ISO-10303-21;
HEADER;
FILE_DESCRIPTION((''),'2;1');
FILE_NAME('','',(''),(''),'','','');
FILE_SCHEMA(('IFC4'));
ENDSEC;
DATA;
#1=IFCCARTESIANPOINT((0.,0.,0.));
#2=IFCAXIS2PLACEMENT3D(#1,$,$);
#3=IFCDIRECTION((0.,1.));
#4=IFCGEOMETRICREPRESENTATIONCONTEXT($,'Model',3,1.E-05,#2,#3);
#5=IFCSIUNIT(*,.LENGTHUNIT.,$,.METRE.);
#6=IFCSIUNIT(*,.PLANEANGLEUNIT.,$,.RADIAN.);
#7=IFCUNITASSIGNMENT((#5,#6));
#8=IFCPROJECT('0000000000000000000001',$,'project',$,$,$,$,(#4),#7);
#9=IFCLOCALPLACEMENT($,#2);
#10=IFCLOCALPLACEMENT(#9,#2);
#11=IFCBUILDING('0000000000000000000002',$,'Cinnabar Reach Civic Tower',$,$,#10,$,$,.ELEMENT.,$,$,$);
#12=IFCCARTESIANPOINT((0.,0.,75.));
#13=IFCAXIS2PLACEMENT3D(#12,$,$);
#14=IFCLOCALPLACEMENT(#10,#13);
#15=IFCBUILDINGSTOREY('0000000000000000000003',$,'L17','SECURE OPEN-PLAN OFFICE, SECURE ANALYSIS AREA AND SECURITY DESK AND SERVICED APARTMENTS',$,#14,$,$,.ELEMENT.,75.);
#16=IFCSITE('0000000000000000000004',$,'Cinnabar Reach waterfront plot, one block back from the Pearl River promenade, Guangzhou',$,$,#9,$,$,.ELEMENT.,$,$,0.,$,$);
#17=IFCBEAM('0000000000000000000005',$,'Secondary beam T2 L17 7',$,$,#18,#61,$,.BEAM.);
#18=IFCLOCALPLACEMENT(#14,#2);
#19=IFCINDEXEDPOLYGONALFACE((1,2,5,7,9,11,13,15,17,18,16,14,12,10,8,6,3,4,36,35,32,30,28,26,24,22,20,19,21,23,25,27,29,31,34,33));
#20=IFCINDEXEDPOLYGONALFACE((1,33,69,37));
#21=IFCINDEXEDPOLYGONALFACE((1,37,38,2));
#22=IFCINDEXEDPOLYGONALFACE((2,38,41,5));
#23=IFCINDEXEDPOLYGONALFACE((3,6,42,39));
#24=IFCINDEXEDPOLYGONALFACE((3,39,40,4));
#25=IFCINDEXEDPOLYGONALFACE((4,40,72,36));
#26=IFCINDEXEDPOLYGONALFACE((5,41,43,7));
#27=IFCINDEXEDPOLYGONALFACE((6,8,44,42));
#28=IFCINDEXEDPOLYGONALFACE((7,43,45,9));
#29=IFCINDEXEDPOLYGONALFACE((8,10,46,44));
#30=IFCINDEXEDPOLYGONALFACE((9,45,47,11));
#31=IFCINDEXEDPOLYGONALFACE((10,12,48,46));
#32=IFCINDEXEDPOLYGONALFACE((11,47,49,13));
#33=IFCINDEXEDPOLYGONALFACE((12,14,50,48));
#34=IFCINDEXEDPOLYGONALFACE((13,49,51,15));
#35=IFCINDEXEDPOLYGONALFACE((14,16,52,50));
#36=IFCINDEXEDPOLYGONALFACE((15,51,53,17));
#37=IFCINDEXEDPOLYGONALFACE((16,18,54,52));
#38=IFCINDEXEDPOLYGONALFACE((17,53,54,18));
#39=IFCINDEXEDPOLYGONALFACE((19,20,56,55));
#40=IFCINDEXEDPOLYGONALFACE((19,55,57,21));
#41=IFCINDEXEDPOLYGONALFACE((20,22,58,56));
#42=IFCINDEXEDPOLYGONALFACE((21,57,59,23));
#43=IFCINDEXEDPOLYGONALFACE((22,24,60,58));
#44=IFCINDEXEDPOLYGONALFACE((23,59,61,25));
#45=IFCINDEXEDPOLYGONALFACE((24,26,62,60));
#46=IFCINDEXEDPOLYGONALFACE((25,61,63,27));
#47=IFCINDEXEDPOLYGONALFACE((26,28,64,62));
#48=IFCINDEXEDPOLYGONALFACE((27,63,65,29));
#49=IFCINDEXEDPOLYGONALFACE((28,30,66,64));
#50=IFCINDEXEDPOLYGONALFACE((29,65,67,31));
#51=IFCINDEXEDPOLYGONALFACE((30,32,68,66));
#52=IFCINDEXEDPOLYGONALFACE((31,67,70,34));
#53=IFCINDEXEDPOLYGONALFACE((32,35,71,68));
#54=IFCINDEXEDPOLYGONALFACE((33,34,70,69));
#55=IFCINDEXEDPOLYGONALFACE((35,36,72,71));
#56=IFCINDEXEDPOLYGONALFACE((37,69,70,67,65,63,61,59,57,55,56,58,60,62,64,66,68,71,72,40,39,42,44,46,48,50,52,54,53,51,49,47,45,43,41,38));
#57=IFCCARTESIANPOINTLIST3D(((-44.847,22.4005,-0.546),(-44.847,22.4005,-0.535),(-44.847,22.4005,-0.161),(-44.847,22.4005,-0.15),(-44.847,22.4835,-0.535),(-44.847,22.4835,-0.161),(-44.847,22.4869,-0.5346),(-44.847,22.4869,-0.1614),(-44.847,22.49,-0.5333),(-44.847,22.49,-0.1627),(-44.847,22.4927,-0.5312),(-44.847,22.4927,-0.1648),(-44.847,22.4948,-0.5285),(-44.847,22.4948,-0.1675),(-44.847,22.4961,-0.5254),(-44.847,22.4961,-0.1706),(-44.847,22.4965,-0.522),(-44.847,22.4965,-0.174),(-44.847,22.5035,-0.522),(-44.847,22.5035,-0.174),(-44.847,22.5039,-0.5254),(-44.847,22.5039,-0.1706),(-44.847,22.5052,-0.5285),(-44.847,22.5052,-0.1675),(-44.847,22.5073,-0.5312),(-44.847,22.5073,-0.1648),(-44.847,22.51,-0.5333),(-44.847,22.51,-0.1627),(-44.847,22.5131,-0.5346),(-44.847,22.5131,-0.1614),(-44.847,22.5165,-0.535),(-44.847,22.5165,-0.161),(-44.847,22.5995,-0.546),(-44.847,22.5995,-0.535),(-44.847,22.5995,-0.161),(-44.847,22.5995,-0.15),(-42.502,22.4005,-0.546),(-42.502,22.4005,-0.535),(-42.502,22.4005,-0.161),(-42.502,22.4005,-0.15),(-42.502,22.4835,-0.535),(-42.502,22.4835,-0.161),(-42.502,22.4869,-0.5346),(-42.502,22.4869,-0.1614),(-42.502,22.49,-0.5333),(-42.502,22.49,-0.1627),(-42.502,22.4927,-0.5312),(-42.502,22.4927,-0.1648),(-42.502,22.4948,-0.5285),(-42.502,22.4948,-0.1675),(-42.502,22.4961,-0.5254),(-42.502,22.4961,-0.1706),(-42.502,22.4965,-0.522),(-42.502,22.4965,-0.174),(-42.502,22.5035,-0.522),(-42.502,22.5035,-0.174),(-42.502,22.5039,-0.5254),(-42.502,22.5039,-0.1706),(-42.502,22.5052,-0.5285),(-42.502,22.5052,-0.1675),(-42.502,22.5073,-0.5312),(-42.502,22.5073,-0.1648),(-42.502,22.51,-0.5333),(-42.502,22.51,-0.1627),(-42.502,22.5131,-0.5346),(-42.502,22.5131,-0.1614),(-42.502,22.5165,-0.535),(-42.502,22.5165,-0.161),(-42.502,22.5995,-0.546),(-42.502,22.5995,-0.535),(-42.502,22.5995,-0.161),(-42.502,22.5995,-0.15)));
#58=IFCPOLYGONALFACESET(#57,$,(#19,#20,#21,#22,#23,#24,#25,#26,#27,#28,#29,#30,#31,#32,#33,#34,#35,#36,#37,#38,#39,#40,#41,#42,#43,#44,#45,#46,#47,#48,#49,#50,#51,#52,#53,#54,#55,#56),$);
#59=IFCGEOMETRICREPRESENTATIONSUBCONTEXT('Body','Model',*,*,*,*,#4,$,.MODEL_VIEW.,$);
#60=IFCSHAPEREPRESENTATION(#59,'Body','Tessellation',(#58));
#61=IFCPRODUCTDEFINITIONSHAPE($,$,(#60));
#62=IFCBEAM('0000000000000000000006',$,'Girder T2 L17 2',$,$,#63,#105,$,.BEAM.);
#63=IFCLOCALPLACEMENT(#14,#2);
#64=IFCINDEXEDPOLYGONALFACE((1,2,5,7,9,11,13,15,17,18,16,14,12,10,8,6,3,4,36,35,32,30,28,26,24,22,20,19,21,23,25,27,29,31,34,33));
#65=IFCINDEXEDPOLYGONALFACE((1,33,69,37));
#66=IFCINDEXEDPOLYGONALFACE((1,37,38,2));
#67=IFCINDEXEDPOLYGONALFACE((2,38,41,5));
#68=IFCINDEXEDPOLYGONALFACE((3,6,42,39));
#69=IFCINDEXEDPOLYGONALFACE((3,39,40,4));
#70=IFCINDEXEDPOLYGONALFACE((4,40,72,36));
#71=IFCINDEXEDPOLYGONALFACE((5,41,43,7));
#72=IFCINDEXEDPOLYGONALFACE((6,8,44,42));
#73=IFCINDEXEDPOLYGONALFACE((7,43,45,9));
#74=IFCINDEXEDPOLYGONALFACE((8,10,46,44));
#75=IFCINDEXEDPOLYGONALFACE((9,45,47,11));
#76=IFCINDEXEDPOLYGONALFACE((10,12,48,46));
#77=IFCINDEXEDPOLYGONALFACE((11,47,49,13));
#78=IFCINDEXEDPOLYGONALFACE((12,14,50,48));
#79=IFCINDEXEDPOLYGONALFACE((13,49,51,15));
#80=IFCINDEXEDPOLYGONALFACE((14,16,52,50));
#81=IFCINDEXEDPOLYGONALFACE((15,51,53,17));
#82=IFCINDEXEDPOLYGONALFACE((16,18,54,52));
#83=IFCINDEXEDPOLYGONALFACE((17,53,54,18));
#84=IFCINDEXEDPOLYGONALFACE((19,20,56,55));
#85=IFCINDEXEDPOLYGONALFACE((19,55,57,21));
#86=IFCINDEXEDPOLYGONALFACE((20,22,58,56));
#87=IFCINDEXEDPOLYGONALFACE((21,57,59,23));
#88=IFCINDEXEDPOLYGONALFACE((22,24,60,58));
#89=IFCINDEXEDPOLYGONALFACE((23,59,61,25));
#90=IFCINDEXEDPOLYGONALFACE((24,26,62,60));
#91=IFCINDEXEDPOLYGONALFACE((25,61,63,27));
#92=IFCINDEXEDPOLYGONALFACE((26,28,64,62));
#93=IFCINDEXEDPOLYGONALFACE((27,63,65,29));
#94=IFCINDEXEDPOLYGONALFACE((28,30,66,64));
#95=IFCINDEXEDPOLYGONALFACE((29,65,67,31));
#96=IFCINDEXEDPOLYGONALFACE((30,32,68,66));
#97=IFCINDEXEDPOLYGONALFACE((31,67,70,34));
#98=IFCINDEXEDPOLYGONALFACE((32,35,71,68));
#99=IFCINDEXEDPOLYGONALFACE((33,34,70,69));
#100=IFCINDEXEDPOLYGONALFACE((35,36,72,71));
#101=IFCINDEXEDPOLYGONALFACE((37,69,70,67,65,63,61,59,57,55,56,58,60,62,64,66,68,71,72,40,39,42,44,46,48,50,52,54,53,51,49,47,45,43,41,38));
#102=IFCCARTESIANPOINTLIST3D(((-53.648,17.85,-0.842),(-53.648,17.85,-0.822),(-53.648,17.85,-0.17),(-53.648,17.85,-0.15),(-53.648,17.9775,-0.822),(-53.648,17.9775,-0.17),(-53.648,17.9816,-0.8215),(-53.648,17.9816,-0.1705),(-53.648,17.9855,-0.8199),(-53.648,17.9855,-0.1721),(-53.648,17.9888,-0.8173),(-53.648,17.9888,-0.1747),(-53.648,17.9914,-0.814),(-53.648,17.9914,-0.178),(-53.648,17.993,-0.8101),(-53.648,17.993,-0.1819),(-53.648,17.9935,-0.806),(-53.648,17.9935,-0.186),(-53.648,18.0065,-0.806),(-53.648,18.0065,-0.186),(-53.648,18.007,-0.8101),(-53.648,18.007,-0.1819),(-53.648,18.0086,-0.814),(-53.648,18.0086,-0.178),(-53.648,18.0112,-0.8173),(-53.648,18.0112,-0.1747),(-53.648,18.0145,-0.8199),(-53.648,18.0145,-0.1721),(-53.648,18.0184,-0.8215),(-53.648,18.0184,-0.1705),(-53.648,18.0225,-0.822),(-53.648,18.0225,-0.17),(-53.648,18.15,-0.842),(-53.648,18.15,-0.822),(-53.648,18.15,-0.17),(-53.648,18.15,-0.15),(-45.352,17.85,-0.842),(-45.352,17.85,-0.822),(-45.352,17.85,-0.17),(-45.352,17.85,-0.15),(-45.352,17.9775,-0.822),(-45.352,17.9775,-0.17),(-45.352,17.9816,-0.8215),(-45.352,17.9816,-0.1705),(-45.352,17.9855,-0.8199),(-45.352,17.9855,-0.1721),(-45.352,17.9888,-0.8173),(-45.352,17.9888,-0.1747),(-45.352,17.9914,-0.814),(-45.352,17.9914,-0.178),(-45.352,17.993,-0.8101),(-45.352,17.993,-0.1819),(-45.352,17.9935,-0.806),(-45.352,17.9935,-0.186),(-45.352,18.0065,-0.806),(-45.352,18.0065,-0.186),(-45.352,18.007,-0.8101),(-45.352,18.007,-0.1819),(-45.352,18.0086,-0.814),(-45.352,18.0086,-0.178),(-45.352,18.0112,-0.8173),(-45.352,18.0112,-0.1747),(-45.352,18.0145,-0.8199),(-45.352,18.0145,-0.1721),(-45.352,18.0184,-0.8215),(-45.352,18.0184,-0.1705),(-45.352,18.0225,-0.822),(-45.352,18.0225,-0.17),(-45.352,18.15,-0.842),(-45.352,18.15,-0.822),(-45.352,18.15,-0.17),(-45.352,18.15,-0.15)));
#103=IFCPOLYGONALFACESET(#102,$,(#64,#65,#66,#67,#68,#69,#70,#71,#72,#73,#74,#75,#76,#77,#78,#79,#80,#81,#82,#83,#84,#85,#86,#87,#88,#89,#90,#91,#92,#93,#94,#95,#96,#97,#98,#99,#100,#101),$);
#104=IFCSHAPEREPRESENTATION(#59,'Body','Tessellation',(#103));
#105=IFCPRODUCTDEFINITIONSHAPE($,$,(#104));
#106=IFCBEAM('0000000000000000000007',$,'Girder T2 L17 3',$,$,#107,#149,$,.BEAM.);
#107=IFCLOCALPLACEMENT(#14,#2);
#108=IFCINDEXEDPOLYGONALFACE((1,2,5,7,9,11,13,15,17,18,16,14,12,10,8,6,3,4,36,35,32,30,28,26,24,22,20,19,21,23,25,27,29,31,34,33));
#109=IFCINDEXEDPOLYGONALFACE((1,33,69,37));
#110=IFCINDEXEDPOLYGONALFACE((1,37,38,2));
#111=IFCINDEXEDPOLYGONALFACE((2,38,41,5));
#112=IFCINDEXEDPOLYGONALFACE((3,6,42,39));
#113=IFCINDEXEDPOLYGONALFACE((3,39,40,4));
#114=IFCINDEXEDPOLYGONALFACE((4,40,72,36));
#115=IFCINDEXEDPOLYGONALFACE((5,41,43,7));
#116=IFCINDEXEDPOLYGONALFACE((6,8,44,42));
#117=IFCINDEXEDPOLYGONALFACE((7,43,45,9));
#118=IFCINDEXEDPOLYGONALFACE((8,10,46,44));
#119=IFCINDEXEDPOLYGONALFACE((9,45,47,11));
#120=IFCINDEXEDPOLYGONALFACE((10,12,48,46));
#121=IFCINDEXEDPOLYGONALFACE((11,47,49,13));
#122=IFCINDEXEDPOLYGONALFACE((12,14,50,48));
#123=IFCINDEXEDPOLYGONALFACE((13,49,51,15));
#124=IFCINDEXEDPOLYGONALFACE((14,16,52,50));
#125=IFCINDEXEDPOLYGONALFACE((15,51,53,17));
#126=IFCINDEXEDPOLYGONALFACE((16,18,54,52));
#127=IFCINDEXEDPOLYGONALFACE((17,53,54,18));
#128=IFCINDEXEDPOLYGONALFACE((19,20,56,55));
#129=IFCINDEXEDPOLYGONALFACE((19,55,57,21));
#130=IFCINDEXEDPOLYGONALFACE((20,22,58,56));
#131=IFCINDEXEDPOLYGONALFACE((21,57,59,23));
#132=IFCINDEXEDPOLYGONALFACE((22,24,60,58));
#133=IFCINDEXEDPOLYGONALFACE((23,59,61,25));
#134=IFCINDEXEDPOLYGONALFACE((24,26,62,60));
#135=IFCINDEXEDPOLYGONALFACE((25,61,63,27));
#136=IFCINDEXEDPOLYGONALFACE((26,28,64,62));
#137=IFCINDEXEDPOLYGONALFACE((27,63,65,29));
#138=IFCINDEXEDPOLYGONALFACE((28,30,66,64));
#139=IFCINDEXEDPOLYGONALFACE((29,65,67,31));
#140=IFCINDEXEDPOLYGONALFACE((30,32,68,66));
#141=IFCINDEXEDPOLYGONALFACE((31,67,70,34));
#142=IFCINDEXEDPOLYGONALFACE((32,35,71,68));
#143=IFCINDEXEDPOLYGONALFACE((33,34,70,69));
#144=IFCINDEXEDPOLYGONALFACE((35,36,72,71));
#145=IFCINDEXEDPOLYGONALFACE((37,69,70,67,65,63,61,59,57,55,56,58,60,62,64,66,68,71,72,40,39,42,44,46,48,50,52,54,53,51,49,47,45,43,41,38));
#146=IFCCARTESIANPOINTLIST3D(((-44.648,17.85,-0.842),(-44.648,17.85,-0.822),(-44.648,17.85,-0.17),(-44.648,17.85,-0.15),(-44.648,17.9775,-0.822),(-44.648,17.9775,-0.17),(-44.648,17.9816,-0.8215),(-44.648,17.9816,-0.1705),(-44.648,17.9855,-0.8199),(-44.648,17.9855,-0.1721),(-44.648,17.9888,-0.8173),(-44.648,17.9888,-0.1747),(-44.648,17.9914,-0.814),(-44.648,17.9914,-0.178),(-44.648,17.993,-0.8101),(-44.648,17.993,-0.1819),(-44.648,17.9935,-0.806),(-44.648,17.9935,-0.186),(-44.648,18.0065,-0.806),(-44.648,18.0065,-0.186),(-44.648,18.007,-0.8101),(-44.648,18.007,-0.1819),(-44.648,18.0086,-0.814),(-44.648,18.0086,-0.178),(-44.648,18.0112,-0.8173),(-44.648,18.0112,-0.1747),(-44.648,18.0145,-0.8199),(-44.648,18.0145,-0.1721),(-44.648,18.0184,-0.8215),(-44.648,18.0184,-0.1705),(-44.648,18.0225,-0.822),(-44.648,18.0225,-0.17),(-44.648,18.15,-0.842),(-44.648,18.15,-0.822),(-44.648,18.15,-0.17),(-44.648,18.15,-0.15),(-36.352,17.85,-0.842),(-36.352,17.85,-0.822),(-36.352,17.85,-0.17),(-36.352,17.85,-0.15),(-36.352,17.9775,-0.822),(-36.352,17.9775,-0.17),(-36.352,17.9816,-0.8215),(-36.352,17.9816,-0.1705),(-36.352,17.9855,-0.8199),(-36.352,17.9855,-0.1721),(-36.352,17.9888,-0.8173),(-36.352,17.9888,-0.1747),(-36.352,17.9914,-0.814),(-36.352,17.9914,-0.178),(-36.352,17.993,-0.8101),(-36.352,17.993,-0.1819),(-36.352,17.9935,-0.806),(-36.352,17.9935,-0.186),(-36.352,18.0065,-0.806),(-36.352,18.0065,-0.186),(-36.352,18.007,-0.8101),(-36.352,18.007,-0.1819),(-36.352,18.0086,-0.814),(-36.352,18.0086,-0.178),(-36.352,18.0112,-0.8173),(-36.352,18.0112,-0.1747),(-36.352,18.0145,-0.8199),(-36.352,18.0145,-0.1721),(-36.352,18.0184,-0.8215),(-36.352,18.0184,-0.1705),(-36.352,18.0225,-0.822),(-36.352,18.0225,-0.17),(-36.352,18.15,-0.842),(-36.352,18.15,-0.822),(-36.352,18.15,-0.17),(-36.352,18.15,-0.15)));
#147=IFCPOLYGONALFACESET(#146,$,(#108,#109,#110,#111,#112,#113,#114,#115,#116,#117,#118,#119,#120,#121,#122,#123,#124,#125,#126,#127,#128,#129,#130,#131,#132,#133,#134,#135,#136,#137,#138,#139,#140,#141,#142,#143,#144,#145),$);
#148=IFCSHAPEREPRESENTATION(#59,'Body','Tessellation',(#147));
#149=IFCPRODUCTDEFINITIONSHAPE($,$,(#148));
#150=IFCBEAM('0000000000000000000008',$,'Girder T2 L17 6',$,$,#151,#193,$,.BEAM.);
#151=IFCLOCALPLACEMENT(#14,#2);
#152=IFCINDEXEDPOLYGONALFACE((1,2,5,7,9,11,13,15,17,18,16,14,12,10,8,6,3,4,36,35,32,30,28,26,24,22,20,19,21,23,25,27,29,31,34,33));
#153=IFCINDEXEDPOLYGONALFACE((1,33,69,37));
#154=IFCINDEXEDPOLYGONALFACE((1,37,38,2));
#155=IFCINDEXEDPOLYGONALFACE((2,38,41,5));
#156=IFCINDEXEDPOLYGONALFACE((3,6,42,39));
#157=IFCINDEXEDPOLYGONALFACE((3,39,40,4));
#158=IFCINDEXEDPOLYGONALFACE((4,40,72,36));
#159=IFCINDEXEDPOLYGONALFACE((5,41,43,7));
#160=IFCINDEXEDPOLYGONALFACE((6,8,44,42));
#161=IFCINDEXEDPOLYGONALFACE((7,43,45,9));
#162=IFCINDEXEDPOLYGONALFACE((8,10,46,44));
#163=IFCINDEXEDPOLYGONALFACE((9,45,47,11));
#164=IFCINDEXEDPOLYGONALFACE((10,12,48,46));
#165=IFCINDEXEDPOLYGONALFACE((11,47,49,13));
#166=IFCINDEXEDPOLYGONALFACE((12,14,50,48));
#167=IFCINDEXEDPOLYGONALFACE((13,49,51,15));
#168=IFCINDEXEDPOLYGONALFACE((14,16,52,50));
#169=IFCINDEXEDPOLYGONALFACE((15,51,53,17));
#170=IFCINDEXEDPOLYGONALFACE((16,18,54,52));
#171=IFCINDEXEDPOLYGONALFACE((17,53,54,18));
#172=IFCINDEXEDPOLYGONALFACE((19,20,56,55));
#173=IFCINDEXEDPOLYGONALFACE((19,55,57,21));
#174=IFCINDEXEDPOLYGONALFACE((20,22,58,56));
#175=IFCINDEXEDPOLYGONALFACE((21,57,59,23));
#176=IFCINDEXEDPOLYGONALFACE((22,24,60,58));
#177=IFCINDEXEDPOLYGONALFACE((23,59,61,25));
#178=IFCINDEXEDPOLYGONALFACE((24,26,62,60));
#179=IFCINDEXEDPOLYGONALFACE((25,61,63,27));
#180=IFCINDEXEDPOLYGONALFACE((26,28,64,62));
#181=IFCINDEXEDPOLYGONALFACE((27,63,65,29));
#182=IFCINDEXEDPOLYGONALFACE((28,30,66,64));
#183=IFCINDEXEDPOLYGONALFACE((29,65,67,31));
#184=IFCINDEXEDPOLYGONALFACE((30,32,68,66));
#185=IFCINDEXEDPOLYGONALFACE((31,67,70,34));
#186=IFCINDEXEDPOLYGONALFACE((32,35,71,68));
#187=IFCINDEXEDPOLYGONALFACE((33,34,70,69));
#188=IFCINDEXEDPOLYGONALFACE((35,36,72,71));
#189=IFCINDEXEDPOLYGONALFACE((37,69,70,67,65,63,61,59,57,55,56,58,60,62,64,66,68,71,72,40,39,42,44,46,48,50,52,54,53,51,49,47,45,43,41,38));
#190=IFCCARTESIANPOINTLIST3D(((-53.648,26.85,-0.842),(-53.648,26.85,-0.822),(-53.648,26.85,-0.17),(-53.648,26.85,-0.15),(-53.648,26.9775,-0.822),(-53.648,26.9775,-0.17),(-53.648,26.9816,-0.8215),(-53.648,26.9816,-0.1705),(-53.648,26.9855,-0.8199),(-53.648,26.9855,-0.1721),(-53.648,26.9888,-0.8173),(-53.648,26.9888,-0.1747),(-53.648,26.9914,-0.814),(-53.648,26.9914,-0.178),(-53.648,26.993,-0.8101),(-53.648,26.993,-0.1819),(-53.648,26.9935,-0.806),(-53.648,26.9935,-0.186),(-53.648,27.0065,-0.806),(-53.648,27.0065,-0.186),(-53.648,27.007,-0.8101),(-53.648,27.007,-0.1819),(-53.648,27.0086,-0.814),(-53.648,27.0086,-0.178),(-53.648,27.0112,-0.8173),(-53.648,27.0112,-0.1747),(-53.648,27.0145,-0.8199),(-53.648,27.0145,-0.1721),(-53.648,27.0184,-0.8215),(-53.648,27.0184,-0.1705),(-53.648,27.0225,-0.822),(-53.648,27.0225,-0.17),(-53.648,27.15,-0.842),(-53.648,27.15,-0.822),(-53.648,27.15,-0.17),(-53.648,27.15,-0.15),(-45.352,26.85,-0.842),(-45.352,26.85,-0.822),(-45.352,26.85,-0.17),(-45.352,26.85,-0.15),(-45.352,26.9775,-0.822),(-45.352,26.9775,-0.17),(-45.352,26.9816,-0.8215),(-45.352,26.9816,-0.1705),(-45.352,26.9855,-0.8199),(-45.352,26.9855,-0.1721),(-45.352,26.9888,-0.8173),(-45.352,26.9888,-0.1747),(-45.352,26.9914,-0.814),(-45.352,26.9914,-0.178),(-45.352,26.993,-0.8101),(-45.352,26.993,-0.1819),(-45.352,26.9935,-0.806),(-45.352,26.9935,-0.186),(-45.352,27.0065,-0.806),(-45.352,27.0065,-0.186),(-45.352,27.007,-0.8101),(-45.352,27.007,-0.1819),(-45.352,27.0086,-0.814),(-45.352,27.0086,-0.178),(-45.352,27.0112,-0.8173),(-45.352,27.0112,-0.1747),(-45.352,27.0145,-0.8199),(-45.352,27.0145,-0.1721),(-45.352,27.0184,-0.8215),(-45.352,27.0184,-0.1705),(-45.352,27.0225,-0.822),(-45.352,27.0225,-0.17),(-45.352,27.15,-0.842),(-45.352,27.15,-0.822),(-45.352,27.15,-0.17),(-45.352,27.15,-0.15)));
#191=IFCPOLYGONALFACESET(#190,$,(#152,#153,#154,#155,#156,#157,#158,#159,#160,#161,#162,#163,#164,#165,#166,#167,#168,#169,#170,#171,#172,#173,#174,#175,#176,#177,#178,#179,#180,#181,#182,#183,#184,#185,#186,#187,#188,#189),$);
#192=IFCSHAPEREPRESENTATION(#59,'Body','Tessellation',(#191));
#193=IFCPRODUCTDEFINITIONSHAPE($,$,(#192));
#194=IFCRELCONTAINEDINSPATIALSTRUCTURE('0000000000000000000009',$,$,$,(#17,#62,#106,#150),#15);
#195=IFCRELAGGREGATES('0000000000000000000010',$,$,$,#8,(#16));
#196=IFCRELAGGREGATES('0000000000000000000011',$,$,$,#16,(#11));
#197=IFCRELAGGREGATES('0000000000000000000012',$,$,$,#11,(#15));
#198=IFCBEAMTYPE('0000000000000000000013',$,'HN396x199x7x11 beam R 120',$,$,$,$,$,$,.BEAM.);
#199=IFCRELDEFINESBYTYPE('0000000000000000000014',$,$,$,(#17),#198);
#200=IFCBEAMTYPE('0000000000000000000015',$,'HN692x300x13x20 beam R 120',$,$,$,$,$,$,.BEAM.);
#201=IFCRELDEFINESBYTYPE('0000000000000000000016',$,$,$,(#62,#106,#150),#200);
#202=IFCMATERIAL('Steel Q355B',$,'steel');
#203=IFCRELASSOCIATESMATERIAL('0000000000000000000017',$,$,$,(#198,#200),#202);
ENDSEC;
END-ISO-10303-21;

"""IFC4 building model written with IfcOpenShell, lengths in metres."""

from ifc_helpers import new_model, si_unit, direction, frame, origin, origin_2d, place, context, subcontext, project, spatial, i_section, extrude, material, material_profile, profile_set, type_object, element, save


model = new_model("IFC4")

# Units and contexts
model_context = context("Model", 3, precision=1e-05, world=origin(), true_north=direction((0.0, 1.0)))
body_context = subcontext(model_context, "Body", "Model", "MODEL_VIEW")
ifc_project = project(units=[si_unit("LENGTHUNIT", "METRE"), si_unit("PLANEANGLEUNIT", "RADIAN")], contexts=[model_context])

# Site, building, storey
site_placement = place(None, origin())
site = spatial("IfcSite", under=ifc_project, at=site_placement, Name="Cinnabar Reach waterfront plot, one block back from the Pearl River promenade, Guangzhou", CompositionType="ELEMENT", RefElevation=0.0)
building_placement = place(site_placement, origin())
building = spatial("IfcBuilding", under=site, at=building_placement, Name="Cinnabar Reach Civic Tower", CompositionType="ELEMENT")
storey_placement = place(building_placement, frame((0.0, 0.0, 75.0)))
storey = spatial("IfcBuildingStorey", under=building, at=storey_placement, Name="L17", Description="SECURE OPEN-PLAN OFFICE, SECURE ANALYSIS AREA AND SECURITY DESK AND SERVICED APARTMENTS", CompositionType="ELEMENT", Elevation=75.0)

# Beams
ifc_material_1 = material(Name="Steel Q355B", Category="steel")
ifc_material_profile_1 = material_profile(ifc_material_1, i_section(OverallWidth=0.199, OverallDepth=0.396, WebThickness=0.007, FlangeThickness=0.011, FilletRadius=0.013, at=origin_2d()), Name="HN396x199x7x11")
ifc_profile_set_1 = profile_set([ifc_material_profile_1], Name="Steel Q355B")
beam_type_1 = type_object("IfcBeamType", Name="HN396x199x7x11 beam R 120", PredefinedType="BEAM", material=ifc_profile_set_1)
beam_1_placement = place(storey_placement, frame((-44.847, 22.5, -0.348), z_axis=(1.0, 0.0, 0.0), x_axis=(0.0, 1.0, 0.0)))
element("IfcBeam", 1, at=beam_1_placement, inside=storey, type_object=beam_type_1, Name="Secondary beam T2 L17 7", PredefinedType="BEAM", context=body_context, shape_type="SweptSolid", body=[
    extrude(i_section(OverallWidth=0.199, OverallDepth=0.396, WebThickness=0.007, FlangeThickness=0.011, FilletRadius=0.013, at=origin_2d()), origin(), (0.0, 0.0, 1.0), 2.345),
])
ifc_material_profile_2 = material_profile(ifc_material_1, i_section(OverallWidth=0.3, OverallDepth=0.692, WebThickness=0.013, FlangeThickness=0.02, FilletRadius=0.016, at=origin_2d()), Name="HN692x300x13x20")
ifc_profile_set_2 = profile_set([ifc_material_profile_2], Name="Steel Q355B")
beam_type_2 = type_object("IfcBeamType", Name="HN692x300x13x20 beam R 120", PredefinedType="BEAM", material=ifc_profile_set_2)
for number, where, z_axis, x_axis, name in (
    (2, (-53.648, 18.0, -0.496), (1.0, 0.0, 0.0), (0.0, 1.0, 0.0), "Girder T2 L17 2"),
    (3, (-44.648, 18.0, -0.496), (1.0, 0.0, 0.0), (0.0, 1.0, 0.0), "Girder T2 L17 3"),
    (4, (-53.648, 27.0, -0.496), (1.0, 0.0, 0.0), (0.0, 1.0, 0.0), "Girder T2 L17 6"),
):
    element("IfcBeam", number, at=place(storey_placement, frame(where, z_axis=z_axis, x_axis=x_axis)), inside=storey, type_object=beam_type_2, Name=name, PredefinedType="BEAM", context=body_context, shape_type="SweptSolid", body=[
        extrude(i_section(OverallWidth=0.3, OverallDepth=0.692, WebThickness=0.013, FlangeThickness=0.02, FilletRadius=0.016, at=origin_2d()), origin(), (0.0, 0.0, 1.0), 8.296),
    ])

save(model, "model.ifc")
